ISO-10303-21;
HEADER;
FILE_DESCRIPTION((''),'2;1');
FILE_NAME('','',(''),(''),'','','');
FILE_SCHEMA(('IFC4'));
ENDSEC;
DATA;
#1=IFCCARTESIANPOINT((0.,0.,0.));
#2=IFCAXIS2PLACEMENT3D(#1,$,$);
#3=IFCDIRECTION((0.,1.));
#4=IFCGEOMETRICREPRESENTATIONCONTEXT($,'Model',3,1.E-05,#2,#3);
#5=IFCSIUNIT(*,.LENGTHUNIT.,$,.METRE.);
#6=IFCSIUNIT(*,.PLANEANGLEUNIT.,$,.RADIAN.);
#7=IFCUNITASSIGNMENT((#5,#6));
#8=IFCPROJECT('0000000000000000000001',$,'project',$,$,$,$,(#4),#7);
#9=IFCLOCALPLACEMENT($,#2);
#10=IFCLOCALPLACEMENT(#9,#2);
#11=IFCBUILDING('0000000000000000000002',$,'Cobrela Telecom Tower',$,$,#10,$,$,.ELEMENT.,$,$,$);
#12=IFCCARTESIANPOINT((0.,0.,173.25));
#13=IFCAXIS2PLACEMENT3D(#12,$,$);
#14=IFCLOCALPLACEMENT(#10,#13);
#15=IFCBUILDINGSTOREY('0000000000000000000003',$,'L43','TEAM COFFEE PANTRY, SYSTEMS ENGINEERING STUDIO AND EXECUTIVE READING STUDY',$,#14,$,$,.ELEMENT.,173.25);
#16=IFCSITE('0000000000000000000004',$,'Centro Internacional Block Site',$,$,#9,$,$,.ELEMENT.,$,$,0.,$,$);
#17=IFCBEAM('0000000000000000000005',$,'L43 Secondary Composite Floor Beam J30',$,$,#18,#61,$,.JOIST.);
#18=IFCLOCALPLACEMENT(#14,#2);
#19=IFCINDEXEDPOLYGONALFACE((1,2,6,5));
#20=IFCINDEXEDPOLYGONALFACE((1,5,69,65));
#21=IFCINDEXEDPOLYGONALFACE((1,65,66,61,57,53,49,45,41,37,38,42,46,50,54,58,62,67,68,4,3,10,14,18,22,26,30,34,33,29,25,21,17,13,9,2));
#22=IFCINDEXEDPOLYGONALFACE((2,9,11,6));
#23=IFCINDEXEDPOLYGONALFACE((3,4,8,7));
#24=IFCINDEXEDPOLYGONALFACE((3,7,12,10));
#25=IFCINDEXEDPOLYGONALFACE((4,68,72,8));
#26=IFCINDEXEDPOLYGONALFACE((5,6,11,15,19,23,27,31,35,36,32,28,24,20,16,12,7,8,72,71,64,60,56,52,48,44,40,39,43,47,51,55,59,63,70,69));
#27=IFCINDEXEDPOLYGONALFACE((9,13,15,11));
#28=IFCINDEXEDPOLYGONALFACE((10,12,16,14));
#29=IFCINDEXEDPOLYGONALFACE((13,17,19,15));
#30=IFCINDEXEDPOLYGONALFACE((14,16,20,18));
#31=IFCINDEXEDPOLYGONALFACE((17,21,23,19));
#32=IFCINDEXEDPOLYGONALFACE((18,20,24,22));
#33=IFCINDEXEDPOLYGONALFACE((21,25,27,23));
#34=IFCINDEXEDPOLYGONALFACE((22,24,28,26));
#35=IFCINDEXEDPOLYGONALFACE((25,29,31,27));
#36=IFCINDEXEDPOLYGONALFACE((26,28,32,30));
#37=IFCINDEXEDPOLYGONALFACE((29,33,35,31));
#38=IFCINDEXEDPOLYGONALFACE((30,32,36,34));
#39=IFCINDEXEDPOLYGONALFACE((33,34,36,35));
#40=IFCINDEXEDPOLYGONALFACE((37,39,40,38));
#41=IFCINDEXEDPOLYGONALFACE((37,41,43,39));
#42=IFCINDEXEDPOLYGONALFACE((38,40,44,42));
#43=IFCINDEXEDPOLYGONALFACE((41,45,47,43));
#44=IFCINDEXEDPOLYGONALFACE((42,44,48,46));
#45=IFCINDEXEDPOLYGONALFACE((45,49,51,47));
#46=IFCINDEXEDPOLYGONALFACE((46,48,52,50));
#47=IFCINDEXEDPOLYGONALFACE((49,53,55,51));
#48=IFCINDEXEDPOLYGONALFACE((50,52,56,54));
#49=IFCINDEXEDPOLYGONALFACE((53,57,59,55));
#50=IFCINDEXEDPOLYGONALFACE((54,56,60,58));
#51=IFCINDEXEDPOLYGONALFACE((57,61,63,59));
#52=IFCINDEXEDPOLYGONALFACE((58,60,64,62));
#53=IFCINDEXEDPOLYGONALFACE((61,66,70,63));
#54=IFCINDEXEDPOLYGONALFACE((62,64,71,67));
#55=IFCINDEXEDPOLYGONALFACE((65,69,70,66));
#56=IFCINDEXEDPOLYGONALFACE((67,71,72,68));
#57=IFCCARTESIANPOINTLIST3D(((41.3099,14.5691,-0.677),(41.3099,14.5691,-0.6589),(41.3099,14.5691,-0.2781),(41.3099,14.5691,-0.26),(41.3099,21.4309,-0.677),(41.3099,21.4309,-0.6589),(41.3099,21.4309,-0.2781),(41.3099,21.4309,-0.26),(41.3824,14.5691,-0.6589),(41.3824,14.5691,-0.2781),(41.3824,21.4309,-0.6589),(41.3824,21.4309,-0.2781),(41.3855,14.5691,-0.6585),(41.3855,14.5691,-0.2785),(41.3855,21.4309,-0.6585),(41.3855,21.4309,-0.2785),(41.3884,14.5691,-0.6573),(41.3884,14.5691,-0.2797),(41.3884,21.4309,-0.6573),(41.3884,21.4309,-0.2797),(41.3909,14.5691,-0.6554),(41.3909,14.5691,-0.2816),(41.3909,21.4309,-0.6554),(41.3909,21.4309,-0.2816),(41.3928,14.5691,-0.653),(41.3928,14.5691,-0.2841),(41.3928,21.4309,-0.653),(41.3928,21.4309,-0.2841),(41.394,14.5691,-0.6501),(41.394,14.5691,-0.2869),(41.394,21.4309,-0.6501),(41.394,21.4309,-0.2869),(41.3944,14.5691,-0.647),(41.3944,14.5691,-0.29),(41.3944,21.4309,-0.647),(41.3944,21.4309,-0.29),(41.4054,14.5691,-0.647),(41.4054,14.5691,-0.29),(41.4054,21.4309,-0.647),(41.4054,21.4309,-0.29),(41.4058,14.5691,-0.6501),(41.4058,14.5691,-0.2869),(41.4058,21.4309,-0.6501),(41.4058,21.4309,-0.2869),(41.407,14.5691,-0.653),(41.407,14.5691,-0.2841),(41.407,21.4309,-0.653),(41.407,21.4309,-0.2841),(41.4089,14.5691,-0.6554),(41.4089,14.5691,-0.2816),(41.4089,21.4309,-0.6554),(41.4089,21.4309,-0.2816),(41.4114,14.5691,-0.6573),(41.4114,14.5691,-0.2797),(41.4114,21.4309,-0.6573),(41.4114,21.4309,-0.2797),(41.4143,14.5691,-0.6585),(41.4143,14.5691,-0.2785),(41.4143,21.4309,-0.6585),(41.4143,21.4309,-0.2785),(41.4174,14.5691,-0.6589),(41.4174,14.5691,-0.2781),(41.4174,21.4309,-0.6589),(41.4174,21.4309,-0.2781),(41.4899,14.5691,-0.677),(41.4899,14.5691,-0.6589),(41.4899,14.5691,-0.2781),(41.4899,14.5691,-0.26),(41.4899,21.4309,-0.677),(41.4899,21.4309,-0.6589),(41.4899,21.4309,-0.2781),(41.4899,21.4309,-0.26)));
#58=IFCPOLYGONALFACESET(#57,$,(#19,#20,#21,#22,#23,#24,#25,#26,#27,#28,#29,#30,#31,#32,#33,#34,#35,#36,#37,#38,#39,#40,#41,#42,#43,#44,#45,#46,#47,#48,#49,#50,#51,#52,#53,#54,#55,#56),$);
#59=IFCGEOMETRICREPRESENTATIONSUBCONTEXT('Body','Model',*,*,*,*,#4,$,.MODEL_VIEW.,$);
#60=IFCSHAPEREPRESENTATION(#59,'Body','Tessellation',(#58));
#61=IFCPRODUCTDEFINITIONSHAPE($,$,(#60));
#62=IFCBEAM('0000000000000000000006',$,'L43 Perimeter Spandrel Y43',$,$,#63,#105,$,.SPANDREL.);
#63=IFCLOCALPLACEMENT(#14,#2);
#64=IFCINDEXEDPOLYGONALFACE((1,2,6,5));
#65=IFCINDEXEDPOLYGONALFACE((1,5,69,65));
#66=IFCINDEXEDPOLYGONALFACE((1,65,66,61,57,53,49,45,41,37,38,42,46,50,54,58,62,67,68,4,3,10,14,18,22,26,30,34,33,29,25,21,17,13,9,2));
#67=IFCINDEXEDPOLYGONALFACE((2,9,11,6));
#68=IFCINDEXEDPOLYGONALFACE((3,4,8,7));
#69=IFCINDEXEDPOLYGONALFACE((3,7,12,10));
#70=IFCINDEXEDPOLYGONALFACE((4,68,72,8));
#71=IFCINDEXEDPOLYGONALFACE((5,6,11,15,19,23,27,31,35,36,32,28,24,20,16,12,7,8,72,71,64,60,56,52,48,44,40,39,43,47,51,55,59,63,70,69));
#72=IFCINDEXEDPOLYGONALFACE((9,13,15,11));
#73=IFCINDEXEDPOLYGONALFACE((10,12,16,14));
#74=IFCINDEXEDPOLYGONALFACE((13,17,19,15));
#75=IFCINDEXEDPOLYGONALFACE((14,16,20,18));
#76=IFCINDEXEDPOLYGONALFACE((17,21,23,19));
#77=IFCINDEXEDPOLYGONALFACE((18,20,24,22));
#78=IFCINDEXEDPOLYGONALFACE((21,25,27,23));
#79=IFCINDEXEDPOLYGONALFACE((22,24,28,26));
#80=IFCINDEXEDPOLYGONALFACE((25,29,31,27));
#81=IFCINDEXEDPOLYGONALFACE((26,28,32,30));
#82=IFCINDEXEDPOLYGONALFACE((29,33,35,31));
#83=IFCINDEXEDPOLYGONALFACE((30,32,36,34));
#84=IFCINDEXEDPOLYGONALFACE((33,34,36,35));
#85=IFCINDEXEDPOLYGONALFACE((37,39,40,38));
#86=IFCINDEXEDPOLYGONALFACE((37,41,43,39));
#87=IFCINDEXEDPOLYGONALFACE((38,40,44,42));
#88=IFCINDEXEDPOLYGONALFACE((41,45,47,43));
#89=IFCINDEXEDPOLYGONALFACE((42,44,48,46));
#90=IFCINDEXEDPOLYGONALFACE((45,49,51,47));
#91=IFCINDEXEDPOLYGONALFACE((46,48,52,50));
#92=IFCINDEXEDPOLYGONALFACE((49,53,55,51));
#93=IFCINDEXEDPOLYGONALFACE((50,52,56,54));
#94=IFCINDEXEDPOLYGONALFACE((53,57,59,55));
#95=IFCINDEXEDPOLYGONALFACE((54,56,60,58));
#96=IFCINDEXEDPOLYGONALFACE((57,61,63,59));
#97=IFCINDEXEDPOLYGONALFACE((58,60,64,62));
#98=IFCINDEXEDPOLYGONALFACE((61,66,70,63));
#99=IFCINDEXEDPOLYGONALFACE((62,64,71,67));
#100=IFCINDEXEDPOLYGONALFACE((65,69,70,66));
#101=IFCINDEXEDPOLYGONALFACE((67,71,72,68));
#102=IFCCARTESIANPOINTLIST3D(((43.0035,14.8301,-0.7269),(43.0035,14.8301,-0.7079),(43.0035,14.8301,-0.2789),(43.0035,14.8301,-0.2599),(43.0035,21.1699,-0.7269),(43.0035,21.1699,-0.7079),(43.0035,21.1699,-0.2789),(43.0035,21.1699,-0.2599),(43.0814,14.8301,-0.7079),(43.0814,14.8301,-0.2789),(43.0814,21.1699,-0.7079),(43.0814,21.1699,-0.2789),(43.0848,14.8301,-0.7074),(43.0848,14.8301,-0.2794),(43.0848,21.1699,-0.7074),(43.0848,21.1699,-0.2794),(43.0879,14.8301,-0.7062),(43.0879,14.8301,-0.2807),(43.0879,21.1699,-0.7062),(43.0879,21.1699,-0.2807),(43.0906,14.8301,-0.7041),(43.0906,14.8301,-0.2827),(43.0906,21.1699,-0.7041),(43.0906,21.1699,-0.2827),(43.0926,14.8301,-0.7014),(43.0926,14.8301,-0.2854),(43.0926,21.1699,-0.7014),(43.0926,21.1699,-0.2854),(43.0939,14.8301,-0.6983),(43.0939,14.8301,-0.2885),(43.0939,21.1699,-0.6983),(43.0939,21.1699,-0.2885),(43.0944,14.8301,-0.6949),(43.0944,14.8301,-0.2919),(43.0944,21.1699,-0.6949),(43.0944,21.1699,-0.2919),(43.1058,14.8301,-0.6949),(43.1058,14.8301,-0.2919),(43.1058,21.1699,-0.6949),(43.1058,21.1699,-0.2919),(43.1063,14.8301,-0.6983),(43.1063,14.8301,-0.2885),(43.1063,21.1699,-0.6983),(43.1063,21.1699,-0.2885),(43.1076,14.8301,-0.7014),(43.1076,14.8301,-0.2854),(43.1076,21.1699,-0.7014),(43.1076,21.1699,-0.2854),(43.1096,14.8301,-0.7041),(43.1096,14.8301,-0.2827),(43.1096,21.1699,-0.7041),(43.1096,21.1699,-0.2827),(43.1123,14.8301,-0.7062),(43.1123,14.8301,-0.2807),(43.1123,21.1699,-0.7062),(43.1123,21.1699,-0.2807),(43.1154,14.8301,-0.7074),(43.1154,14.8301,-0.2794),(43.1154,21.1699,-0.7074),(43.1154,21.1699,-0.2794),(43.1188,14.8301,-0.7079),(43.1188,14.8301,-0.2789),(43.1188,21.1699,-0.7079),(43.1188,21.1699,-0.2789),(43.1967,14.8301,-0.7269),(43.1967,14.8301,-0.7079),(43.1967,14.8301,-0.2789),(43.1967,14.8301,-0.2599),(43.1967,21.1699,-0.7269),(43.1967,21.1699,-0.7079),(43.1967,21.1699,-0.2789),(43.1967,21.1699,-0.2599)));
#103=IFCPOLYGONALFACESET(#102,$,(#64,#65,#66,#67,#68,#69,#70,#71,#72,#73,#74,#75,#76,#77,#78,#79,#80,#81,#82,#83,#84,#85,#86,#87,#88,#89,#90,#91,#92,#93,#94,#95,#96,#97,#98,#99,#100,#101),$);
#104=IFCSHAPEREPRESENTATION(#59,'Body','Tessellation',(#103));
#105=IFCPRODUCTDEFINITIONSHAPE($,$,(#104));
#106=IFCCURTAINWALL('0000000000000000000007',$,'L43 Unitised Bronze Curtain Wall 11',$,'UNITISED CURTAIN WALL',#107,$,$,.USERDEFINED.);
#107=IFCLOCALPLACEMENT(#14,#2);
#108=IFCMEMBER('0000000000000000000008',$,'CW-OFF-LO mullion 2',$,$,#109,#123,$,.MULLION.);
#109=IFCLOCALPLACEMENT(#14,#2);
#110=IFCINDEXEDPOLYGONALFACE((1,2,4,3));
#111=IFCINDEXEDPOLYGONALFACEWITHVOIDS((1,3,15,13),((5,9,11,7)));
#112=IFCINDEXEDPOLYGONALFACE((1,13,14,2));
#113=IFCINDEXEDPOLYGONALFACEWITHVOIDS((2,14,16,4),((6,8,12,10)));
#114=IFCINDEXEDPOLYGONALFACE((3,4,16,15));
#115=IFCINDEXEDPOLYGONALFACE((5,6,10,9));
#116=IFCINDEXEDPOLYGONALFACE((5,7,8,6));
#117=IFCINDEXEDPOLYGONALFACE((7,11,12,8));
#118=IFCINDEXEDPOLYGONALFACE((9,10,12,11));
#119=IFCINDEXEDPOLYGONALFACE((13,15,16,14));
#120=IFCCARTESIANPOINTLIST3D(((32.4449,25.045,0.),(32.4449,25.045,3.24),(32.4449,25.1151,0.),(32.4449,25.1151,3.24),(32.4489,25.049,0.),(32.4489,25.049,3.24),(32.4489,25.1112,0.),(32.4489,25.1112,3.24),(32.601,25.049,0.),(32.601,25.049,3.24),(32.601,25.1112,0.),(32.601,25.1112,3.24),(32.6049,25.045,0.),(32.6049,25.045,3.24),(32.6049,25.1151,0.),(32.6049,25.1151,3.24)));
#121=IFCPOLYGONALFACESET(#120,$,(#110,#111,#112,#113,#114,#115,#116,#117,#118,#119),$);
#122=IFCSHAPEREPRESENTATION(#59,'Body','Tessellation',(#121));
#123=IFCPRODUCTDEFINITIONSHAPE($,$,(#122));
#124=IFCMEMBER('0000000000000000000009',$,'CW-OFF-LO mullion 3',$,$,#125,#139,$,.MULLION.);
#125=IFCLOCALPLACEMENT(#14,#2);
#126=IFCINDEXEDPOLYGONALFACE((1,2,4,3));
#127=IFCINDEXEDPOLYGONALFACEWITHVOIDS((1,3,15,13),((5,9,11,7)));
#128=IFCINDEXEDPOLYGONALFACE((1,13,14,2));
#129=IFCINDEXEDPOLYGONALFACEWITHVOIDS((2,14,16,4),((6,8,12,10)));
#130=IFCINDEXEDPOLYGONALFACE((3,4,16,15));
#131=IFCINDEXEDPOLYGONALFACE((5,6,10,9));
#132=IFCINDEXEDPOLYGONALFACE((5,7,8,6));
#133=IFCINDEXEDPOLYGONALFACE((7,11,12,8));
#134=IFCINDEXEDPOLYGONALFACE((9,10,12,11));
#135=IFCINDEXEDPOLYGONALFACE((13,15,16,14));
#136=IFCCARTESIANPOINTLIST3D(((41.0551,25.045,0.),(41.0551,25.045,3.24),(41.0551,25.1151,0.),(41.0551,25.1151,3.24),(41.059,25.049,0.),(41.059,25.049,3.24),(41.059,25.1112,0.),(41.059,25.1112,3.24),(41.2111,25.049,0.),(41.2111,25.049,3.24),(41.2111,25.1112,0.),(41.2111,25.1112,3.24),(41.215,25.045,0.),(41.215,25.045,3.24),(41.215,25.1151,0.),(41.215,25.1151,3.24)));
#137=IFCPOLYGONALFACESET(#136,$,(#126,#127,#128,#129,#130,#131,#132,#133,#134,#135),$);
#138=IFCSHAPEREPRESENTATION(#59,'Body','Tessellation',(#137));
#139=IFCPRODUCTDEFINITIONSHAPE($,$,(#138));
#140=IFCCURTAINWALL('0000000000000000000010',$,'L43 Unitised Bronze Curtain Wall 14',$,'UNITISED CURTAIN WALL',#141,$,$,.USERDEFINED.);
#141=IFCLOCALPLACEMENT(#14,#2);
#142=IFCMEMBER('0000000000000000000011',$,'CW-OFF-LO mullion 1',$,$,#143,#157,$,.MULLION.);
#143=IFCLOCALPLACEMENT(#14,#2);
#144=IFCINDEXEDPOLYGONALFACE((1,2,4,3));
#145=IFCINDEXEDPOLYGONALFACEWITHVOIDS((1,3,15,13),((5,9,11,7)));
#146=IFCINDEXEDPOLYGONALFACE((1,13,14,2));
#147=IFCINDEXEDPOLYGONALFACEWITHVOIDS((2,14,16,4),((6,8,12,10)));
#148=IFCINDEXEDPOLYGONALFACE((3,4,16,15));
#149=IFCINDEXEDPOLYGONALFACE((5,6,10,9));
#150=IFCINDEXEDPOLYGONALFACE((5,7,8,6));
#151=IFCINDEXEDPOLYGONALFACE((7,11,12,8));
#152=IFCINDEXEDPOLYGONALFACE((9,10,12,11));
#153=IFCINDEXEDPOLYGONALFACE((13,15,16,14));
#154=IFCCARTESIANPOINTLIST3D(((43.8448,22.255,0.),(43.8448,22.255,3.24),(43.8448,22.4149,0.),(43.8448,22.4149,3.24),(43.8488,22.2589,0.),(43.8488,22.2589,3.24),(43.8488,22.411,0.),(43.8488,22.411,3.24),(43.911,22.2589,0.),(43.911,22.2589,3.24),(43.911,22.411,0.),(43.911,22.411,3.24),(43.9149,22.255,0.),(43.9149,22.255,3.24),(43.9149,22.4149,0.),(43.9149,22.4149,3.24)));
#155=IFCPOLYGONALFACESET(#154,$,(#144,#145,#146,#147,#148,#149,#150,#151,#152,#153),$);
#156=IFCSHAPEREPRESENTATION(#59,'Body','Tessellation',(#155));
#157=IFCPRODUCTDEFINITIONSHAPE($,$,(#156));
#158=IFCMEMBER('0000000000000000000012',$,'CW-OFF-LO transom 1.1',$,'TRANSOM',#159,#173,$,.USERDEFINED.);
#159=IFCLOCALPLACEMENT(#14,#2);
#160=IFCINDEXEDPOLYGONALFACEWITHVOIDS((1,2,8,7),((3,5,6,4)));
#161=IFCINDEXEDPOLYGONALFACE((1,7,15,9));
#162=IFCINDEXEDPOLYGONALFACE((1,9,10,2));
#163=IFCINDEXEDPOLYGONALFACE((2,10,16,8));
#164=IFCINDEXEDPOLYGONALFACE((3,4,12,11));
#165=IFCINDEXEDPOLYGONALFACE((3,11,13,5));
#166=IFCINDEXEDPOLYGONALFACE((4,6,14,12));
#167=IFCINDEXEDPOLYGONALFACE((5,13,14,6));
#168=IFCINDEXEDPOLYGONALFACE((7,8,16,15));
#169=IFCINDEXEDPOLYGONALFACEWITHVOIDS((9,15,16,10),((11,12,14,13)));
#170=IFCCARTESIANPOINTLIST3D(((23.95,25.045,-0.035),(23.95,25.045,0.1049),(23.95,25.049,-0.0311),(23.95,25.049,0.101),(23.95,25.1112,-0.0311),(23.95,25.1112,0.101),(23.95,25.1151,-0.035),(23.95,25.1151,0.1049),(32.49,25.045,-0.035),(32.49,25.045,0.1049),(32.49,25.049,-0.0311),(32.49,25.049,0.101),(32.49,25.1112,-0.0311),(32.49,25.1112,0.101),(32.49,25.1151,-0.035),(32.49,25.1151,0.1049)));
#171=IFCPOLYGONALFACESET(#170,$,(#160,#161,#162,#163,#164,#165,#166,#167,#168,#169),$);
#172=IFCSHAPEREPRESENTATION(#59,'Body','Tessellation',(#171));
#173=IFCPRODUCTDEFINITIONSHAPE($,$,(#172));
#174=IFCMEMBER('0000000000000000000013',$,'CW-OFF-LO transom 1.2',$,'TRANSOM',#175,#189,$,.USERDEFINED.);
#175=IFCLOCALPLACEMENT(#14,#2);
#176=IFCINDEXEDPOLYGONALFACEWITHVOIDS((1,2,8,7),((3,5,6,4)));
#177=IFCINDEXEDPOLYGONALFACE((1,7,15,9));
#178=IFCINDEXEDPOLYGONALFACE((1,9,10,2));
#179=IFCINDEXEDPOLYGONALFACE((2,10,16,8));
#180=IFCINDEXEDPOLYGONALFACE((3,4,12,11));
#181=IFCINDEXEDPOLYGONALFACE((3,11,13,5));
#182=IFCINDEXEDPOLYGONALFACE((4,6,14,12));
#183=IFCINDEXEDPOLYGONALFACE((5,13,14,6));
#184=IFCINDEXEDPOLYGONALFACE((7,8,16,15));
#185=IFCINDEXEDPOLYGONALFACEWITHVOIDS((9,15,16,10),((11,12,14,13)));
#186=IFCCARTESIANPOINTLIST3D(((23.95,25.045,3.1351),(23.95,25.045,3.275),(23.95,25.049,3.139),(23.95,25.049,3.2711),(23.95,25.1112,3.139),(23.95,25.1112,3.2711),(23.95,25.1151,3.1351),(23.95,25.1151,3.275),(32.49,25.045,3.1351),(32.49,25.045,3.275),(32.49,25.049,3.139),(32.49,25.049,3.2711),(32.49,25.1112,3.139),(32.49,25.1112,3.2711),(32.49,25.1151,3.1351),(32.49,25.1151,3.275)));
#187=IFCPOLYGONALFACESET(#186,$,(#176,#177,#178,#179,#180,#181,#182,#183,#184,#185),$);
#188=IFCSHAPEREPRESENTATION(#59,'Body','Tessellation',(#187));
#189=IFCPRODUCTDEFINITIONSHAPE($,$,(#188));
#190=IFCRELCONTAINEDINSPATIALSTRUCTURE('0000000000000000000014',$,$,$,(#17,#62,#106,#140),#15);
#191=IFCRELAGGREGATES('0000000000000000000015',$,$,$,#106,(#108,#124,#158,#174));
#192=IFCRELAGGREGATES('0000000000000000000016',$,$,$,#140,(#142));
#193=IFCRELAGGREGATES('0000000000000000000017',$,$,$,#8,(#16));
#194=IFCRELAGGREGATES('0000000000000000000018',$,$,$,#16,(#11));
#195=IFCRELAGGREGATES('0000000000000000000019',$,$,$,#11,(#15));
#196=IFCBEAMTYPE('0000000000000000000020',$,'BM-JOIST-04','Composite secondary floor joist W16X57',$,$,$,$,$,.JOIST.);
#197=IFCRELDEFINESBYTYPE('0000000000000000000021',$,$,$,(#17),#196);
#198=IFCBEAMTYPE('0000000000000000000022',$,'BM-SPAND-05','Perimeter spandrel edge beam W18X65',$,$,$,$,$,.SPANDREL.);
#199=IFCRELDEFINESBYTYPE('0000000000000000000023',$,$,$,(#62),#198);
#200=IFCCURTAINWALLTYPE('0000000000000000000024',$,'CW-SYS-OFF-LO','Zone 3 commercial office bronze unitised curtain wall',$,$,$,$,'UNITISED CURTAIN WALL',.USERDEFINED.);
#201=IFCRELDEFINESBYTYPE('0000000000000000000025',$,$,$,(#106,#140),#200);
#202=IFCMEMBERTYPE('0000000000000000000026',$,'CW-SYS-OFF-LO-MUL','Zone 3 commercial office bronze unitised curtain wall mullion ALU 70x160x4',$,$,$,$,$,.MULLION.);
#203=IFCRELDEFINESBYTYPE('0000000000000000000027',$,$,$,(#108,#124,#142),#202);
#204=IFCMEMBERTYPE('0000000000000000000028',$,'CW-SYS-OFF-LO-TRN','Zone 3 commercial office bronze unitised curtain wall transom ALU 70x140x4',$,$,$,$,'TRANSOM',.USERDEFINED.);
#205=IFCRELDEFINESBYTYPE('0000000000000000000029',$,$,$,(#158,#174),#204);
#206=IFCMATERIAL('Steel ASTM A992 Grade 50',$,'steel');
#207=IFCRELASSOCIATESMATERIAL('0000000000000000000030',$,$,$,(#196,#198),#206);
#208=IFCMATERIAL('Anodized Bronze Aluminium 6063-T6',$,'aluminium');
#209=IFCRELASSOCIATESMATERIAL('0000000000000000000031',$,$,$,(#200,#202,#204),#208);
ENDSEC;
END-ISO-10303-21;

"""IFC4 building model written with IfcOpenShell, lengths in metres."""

from ifc_helpers import new_model, si_unit, direction, frame, origin, origin_2d, place, context, subcontext, project, spatial, hollow_rectangle, i_section, extrude, material, material_profile, profile_set, type_object, element, aggregate, save


model = new_model("IFC4")

# Units and contexts
model_context = context("Model", 3, precision=1e-05, world=origin(), true_north=direction((0.0, 1.0)))
body_context = subcontext(model_context, "Body", "Model", "MODEL_VIEW")
ifc_project = project(units=[si_unit("LENGTHUNIT", "METRE"), si_unit("PLANEANGLEUNIT", "RADIAN")], contexts=[model_context])

# Site, building, storey
site_placement = place(None, origin())
site = spatial("IfcSite", under=ifc_project, at=site_placement, Name="Centro Internacional Block Site", CompositionType="ELEMENT", RefElevation=0.0)
building_placement = place(site_placement, origin())
building = spatial("IfcBuilding", under=site, at=building_placement, Name="Cobrela Telecom Tower", CompositionType="ELEMENT")
storey_placement = place(building_placement, frame((0.0, 0.0, 173.25)))
storey = spatial("IfcBuildingStorey", under=building, at=storey_placement, Name="L43", Description="TEAM COFFEE PANTRY, SYSTEMS ENGINEERING STUDIO AND EXECUTIVE READING STUDY", CompositionType="ELEMENT", Elevation=173.25)

# Shared definitions
ifc_material_1 = material(Name="Steel ASTM A992 Grade 50", Category="steel")

# Beams
ifc_material_profile_1 = material_profile(ifc_material_1, i_section(OverallWidth=0.1799, OverallDepth=0.417, WebThickness=0.011, FlangeThickness=0.0181, FilletRadius=0.012, at=origin_2d()), Name="W16X57")
ifc_profile_set_1 = profile_set([ifc_material_profile_1], Name="Steel ASTM A992 Grade 50")
beam_type_1 = type_object("IfcBeamType", Name="BM-JOIST-04", Description="Composite secondary floor joist W16X57", PredefinedType="JOIST", material=ifc_profile_set_1)
for number, where, z_axis, x_axis, name in (
    (1, (41.3999, 14.5691, -0.4685), (0.0, 1.0, 0.0), (-1.0, 0.0, 0.0), "L43 Secondary Composite Floor Beam J30"),
):
    element("IfcBeam", number, at=place(storey_placement, frame(where, z_axis=z_axis, x_axis=x_axis)), inside=storey, type_object=beam_type_1, Name=name, PredefinedType="JOIST", context=body_context, shape_type="SweptSolid", body=[
        extrude(i_section(OverallWidth=0.1799, OverallDepth=0.417, WebThickness=0.011, FlangeThickness=0.0181, FilletRadius=0.012, at=origin_2d()), origin(), (0.0, 0.0, 1.0), 6.8618),
    ])
ifc_material_profile_2 = material_profile(ifc_material_1, i_section(OverallWidth=0.1931, OverallDepth=0.467, WebThickness=0.0115, FlangeThickness=0.019, FilletRadius=0.0129, at=origin_2d()), Name="W18X65")
ifc_profile_set_2 = profile_set([ifc_material_profile_2], Name="Steel ASTM A992 Grade 50")
beam_type_2 = type_object("IfcBeamType", Name="BM-SPAND-05", Description="Perimeter spandrel edge beam W18X65", PredefinedType="SPANDREL", material=ifc_profile_set_2)
beam_1_placement = place(storey_placement, frame((43.1001, 14.8301, -0.4934), z_axis=(0.0, 1.0, 0.0), x_axis=(-1.0, 0.0, 0.0)))
element("IfcBeam", 2, at=beam_1_placement, inside=storey, type_object=beam_type_2, Name="L43 Perimeter Spandrel Y43", PredefinedType="SPANDREL", context=body_context, shape_type="SweptSolid", body=[
    extrude(i_section(OverallWidth=0.1931, OverallDepth=0.467, WebThickness=0.0115, FlangeThickness=0.019, FilletRadius=0.0129, at=origin_2d()), origin(), (0.0, 0.0, 1.0), 6.3398),
])

# Curtain wall, members
ifc_material_2 = material(Name="Anodized Bronze Aluminium 6063-T6", Category="aluminium")
curtain_wall_type = type_object("IfcCurtainWallType", Name="CW-SYS-OFF-LO", Description="Zone 3 commercial office bronze unitised curtain wall", ElementType="UNITISED CURTAIN WALL", PredefinedType="USERDEFINED", material=ifc_material_2)
curtain_wall_1_placement = place(storey_placement, origin())
curtain_wall_1 = element("IfcCurtainWall", 3, at=curtain_wall_1_placement, inside=storey, type_object=curtain_wall_type, Name="L43 Unitised Bronze Curtain Wall 11", ObjectType="UNITISED CURTAIN WALL", PredefinedType="USERDEFINED")
ifc_material_profile_3 = material_profile(ifc_material_2, hollow_rectangle(XDim=0.0701, YDim=0.1599, WallThickness=0.0039, at=origin_2d()), Name="ALU 70x160x4")
ifc_profile_set_3 = profile_set([ifc_material_profile_3], Name="Anodized Bronze Aluminium 6063-T6")
member_type_1 = type_object("IfcMemberType", Name="CW-SYS-OFF-LO-MUL", Description="Zone 3 commercial office bronze unitised curtain wall mullion ALU 70x160x4", PredefinedType="MULLION", material=ifc_profile_set_3)
member_1_placement = place(storey_placement, frame((32.5249, 25.0801, 0.0), z_axis=(0.0, 0.0, 1.0), x_axis=(0.0, 1.0, 0.0)))
member_1 = element("IfcMember", 4, at=member_1_placement, type_object=member_type_1, Name="CW-OFF-LO mullion 2", PredefinedType="MULLION", context=body_context, shape_type="SweptSolid", body=[
    extrude(hollow_rectangle(XDim=0.0701, YDim=0.1599, WallThickness=0.0039, at=origin_2d()), origin(), (0.0, 0.0, 1.0), 3.24),
])
member_2_placement = place(storey_placement, frame((41.135, 25.0801, 0.0), z_axis=(0.0, 0.0, 1.0), x_axis=(0.0, 1.0, 0.0)))
member_2 = element("IfcMember", 5, at=member_2_placement, type_object=member_type_1, Name="CW-OFF-LO mullion 3", PredefinedType="MULLION", context=body_context, shape_type="SweptSolid", body=[
    extrude(hollow_rectangle(XDim=0.0701, YDim=0.1599, WallThickness=0.0039, at=origin_2d()), origin(), (0.0, 0.0, 1.0), 3.24),
])

# Curtain wall, member
curtain_wall_2_placement = place(storey_placement, origin())
curtain_wall_2 = element("IfcCurtainWall", 6, at=curtain_wall_2_placement, inside=storey, type_object=curtain_wall_type, Name="L43 Unitised Bronze Curtain Wall 14", ObjectType="UNITISED CURTAIN WALL", PredefinedType="USERDEFINED")
member_3_placement = place(storey_placement, frame((43.8799, 22.335, 0.0), z_axis=(0.0, 0.0, 1.0), x_axis=(1.0, 0.0, 0.0)))
member_3 = element("IfcMember", 7, at=member_3_placement, type_object=member_type_1, Name="CW-OFF-LO mullion 1", PredefinedType="MULLION", context=body_context, shape_type="SweptSolid", body=[
    extrude(hollow_rectangle(XDim=0.0701, YDim=0.1599, WallThickness=0.0039, at=origin_2d()), origin(), (0.0, 0.0, 1.0), 3.24),
])

# Members
ifc_material_profile_4 = material_profile(ifc_material_2, hollow_rectangle(XDim=0.0701, YDim=0.1399, WallThickness=0.0039, at=origin_2d()), Name="ALU 70x140x4")
ifc_profile_set_4 = profile_set([ifc_material_profile_4], Name="Anodized Bronze Aluminium 6063-T6")
member_type_2 = type_object("IfcMemberType", Name="CW-SYS-OFF-LO-TRN", Description="Zone 3 commercial office bronze unitised curtain wall transom ALU 70x140x4", ElementType="TRANSOM", PredefinedType="USERDEFINED", material=ifc_profile_set_4)
member_4_placement = place(storey_placement, frame((23.95, 25.0801, 0.0349), z_axis=(1.0, 0.0, 0.0), x_axis=(0.0, 1.0, 0.0)))
member_4 = element("IfcMember", 8, at=member_4_placement, type_object=member_type_2, Name="CW-OFF-LO transom 1.1", ObjectType="TRANSOM", PredefinedType="USERDEFINED", context=body_context, shape_type="SweptSolid", body=[
    extrude(hollow_rectangle(XDim=0.0701, YDim=0.1399, WallThickness=0.0039, at=origin_2d()), origin(), (0.0, 0.0, 1.0), 8.54),
])
member_5_placement = place(storey_placement, frame((23.95, 25.0801, 3.2051), z_axis=(1.0, 0.0, 0.0), x_axis=(0.0, 1.0, 0.0)))
member_5 = element("IfcMember", 9, at=member_5_placement, type_object=member_type_2, Name="CW-OFF-LO transom 1.2", ObjectType="TRANSOM", PredefinedType="USERDEFINED", context=body_context, shape_type="SweptSolid", body=[
    extrude(hollow_rectangle(XDim=0.0701, YDim=0.1399, WallThickness=0.0039, at=origin_2d()), origin(), (0.0, 0.0, 1.0), 8.54),
])

aggregate(curtain_wall_1, [member_1, member_2, member_4, member_5])
aggregate(curtain_wall_2, [member_3])

save(model, "model.ifc")
